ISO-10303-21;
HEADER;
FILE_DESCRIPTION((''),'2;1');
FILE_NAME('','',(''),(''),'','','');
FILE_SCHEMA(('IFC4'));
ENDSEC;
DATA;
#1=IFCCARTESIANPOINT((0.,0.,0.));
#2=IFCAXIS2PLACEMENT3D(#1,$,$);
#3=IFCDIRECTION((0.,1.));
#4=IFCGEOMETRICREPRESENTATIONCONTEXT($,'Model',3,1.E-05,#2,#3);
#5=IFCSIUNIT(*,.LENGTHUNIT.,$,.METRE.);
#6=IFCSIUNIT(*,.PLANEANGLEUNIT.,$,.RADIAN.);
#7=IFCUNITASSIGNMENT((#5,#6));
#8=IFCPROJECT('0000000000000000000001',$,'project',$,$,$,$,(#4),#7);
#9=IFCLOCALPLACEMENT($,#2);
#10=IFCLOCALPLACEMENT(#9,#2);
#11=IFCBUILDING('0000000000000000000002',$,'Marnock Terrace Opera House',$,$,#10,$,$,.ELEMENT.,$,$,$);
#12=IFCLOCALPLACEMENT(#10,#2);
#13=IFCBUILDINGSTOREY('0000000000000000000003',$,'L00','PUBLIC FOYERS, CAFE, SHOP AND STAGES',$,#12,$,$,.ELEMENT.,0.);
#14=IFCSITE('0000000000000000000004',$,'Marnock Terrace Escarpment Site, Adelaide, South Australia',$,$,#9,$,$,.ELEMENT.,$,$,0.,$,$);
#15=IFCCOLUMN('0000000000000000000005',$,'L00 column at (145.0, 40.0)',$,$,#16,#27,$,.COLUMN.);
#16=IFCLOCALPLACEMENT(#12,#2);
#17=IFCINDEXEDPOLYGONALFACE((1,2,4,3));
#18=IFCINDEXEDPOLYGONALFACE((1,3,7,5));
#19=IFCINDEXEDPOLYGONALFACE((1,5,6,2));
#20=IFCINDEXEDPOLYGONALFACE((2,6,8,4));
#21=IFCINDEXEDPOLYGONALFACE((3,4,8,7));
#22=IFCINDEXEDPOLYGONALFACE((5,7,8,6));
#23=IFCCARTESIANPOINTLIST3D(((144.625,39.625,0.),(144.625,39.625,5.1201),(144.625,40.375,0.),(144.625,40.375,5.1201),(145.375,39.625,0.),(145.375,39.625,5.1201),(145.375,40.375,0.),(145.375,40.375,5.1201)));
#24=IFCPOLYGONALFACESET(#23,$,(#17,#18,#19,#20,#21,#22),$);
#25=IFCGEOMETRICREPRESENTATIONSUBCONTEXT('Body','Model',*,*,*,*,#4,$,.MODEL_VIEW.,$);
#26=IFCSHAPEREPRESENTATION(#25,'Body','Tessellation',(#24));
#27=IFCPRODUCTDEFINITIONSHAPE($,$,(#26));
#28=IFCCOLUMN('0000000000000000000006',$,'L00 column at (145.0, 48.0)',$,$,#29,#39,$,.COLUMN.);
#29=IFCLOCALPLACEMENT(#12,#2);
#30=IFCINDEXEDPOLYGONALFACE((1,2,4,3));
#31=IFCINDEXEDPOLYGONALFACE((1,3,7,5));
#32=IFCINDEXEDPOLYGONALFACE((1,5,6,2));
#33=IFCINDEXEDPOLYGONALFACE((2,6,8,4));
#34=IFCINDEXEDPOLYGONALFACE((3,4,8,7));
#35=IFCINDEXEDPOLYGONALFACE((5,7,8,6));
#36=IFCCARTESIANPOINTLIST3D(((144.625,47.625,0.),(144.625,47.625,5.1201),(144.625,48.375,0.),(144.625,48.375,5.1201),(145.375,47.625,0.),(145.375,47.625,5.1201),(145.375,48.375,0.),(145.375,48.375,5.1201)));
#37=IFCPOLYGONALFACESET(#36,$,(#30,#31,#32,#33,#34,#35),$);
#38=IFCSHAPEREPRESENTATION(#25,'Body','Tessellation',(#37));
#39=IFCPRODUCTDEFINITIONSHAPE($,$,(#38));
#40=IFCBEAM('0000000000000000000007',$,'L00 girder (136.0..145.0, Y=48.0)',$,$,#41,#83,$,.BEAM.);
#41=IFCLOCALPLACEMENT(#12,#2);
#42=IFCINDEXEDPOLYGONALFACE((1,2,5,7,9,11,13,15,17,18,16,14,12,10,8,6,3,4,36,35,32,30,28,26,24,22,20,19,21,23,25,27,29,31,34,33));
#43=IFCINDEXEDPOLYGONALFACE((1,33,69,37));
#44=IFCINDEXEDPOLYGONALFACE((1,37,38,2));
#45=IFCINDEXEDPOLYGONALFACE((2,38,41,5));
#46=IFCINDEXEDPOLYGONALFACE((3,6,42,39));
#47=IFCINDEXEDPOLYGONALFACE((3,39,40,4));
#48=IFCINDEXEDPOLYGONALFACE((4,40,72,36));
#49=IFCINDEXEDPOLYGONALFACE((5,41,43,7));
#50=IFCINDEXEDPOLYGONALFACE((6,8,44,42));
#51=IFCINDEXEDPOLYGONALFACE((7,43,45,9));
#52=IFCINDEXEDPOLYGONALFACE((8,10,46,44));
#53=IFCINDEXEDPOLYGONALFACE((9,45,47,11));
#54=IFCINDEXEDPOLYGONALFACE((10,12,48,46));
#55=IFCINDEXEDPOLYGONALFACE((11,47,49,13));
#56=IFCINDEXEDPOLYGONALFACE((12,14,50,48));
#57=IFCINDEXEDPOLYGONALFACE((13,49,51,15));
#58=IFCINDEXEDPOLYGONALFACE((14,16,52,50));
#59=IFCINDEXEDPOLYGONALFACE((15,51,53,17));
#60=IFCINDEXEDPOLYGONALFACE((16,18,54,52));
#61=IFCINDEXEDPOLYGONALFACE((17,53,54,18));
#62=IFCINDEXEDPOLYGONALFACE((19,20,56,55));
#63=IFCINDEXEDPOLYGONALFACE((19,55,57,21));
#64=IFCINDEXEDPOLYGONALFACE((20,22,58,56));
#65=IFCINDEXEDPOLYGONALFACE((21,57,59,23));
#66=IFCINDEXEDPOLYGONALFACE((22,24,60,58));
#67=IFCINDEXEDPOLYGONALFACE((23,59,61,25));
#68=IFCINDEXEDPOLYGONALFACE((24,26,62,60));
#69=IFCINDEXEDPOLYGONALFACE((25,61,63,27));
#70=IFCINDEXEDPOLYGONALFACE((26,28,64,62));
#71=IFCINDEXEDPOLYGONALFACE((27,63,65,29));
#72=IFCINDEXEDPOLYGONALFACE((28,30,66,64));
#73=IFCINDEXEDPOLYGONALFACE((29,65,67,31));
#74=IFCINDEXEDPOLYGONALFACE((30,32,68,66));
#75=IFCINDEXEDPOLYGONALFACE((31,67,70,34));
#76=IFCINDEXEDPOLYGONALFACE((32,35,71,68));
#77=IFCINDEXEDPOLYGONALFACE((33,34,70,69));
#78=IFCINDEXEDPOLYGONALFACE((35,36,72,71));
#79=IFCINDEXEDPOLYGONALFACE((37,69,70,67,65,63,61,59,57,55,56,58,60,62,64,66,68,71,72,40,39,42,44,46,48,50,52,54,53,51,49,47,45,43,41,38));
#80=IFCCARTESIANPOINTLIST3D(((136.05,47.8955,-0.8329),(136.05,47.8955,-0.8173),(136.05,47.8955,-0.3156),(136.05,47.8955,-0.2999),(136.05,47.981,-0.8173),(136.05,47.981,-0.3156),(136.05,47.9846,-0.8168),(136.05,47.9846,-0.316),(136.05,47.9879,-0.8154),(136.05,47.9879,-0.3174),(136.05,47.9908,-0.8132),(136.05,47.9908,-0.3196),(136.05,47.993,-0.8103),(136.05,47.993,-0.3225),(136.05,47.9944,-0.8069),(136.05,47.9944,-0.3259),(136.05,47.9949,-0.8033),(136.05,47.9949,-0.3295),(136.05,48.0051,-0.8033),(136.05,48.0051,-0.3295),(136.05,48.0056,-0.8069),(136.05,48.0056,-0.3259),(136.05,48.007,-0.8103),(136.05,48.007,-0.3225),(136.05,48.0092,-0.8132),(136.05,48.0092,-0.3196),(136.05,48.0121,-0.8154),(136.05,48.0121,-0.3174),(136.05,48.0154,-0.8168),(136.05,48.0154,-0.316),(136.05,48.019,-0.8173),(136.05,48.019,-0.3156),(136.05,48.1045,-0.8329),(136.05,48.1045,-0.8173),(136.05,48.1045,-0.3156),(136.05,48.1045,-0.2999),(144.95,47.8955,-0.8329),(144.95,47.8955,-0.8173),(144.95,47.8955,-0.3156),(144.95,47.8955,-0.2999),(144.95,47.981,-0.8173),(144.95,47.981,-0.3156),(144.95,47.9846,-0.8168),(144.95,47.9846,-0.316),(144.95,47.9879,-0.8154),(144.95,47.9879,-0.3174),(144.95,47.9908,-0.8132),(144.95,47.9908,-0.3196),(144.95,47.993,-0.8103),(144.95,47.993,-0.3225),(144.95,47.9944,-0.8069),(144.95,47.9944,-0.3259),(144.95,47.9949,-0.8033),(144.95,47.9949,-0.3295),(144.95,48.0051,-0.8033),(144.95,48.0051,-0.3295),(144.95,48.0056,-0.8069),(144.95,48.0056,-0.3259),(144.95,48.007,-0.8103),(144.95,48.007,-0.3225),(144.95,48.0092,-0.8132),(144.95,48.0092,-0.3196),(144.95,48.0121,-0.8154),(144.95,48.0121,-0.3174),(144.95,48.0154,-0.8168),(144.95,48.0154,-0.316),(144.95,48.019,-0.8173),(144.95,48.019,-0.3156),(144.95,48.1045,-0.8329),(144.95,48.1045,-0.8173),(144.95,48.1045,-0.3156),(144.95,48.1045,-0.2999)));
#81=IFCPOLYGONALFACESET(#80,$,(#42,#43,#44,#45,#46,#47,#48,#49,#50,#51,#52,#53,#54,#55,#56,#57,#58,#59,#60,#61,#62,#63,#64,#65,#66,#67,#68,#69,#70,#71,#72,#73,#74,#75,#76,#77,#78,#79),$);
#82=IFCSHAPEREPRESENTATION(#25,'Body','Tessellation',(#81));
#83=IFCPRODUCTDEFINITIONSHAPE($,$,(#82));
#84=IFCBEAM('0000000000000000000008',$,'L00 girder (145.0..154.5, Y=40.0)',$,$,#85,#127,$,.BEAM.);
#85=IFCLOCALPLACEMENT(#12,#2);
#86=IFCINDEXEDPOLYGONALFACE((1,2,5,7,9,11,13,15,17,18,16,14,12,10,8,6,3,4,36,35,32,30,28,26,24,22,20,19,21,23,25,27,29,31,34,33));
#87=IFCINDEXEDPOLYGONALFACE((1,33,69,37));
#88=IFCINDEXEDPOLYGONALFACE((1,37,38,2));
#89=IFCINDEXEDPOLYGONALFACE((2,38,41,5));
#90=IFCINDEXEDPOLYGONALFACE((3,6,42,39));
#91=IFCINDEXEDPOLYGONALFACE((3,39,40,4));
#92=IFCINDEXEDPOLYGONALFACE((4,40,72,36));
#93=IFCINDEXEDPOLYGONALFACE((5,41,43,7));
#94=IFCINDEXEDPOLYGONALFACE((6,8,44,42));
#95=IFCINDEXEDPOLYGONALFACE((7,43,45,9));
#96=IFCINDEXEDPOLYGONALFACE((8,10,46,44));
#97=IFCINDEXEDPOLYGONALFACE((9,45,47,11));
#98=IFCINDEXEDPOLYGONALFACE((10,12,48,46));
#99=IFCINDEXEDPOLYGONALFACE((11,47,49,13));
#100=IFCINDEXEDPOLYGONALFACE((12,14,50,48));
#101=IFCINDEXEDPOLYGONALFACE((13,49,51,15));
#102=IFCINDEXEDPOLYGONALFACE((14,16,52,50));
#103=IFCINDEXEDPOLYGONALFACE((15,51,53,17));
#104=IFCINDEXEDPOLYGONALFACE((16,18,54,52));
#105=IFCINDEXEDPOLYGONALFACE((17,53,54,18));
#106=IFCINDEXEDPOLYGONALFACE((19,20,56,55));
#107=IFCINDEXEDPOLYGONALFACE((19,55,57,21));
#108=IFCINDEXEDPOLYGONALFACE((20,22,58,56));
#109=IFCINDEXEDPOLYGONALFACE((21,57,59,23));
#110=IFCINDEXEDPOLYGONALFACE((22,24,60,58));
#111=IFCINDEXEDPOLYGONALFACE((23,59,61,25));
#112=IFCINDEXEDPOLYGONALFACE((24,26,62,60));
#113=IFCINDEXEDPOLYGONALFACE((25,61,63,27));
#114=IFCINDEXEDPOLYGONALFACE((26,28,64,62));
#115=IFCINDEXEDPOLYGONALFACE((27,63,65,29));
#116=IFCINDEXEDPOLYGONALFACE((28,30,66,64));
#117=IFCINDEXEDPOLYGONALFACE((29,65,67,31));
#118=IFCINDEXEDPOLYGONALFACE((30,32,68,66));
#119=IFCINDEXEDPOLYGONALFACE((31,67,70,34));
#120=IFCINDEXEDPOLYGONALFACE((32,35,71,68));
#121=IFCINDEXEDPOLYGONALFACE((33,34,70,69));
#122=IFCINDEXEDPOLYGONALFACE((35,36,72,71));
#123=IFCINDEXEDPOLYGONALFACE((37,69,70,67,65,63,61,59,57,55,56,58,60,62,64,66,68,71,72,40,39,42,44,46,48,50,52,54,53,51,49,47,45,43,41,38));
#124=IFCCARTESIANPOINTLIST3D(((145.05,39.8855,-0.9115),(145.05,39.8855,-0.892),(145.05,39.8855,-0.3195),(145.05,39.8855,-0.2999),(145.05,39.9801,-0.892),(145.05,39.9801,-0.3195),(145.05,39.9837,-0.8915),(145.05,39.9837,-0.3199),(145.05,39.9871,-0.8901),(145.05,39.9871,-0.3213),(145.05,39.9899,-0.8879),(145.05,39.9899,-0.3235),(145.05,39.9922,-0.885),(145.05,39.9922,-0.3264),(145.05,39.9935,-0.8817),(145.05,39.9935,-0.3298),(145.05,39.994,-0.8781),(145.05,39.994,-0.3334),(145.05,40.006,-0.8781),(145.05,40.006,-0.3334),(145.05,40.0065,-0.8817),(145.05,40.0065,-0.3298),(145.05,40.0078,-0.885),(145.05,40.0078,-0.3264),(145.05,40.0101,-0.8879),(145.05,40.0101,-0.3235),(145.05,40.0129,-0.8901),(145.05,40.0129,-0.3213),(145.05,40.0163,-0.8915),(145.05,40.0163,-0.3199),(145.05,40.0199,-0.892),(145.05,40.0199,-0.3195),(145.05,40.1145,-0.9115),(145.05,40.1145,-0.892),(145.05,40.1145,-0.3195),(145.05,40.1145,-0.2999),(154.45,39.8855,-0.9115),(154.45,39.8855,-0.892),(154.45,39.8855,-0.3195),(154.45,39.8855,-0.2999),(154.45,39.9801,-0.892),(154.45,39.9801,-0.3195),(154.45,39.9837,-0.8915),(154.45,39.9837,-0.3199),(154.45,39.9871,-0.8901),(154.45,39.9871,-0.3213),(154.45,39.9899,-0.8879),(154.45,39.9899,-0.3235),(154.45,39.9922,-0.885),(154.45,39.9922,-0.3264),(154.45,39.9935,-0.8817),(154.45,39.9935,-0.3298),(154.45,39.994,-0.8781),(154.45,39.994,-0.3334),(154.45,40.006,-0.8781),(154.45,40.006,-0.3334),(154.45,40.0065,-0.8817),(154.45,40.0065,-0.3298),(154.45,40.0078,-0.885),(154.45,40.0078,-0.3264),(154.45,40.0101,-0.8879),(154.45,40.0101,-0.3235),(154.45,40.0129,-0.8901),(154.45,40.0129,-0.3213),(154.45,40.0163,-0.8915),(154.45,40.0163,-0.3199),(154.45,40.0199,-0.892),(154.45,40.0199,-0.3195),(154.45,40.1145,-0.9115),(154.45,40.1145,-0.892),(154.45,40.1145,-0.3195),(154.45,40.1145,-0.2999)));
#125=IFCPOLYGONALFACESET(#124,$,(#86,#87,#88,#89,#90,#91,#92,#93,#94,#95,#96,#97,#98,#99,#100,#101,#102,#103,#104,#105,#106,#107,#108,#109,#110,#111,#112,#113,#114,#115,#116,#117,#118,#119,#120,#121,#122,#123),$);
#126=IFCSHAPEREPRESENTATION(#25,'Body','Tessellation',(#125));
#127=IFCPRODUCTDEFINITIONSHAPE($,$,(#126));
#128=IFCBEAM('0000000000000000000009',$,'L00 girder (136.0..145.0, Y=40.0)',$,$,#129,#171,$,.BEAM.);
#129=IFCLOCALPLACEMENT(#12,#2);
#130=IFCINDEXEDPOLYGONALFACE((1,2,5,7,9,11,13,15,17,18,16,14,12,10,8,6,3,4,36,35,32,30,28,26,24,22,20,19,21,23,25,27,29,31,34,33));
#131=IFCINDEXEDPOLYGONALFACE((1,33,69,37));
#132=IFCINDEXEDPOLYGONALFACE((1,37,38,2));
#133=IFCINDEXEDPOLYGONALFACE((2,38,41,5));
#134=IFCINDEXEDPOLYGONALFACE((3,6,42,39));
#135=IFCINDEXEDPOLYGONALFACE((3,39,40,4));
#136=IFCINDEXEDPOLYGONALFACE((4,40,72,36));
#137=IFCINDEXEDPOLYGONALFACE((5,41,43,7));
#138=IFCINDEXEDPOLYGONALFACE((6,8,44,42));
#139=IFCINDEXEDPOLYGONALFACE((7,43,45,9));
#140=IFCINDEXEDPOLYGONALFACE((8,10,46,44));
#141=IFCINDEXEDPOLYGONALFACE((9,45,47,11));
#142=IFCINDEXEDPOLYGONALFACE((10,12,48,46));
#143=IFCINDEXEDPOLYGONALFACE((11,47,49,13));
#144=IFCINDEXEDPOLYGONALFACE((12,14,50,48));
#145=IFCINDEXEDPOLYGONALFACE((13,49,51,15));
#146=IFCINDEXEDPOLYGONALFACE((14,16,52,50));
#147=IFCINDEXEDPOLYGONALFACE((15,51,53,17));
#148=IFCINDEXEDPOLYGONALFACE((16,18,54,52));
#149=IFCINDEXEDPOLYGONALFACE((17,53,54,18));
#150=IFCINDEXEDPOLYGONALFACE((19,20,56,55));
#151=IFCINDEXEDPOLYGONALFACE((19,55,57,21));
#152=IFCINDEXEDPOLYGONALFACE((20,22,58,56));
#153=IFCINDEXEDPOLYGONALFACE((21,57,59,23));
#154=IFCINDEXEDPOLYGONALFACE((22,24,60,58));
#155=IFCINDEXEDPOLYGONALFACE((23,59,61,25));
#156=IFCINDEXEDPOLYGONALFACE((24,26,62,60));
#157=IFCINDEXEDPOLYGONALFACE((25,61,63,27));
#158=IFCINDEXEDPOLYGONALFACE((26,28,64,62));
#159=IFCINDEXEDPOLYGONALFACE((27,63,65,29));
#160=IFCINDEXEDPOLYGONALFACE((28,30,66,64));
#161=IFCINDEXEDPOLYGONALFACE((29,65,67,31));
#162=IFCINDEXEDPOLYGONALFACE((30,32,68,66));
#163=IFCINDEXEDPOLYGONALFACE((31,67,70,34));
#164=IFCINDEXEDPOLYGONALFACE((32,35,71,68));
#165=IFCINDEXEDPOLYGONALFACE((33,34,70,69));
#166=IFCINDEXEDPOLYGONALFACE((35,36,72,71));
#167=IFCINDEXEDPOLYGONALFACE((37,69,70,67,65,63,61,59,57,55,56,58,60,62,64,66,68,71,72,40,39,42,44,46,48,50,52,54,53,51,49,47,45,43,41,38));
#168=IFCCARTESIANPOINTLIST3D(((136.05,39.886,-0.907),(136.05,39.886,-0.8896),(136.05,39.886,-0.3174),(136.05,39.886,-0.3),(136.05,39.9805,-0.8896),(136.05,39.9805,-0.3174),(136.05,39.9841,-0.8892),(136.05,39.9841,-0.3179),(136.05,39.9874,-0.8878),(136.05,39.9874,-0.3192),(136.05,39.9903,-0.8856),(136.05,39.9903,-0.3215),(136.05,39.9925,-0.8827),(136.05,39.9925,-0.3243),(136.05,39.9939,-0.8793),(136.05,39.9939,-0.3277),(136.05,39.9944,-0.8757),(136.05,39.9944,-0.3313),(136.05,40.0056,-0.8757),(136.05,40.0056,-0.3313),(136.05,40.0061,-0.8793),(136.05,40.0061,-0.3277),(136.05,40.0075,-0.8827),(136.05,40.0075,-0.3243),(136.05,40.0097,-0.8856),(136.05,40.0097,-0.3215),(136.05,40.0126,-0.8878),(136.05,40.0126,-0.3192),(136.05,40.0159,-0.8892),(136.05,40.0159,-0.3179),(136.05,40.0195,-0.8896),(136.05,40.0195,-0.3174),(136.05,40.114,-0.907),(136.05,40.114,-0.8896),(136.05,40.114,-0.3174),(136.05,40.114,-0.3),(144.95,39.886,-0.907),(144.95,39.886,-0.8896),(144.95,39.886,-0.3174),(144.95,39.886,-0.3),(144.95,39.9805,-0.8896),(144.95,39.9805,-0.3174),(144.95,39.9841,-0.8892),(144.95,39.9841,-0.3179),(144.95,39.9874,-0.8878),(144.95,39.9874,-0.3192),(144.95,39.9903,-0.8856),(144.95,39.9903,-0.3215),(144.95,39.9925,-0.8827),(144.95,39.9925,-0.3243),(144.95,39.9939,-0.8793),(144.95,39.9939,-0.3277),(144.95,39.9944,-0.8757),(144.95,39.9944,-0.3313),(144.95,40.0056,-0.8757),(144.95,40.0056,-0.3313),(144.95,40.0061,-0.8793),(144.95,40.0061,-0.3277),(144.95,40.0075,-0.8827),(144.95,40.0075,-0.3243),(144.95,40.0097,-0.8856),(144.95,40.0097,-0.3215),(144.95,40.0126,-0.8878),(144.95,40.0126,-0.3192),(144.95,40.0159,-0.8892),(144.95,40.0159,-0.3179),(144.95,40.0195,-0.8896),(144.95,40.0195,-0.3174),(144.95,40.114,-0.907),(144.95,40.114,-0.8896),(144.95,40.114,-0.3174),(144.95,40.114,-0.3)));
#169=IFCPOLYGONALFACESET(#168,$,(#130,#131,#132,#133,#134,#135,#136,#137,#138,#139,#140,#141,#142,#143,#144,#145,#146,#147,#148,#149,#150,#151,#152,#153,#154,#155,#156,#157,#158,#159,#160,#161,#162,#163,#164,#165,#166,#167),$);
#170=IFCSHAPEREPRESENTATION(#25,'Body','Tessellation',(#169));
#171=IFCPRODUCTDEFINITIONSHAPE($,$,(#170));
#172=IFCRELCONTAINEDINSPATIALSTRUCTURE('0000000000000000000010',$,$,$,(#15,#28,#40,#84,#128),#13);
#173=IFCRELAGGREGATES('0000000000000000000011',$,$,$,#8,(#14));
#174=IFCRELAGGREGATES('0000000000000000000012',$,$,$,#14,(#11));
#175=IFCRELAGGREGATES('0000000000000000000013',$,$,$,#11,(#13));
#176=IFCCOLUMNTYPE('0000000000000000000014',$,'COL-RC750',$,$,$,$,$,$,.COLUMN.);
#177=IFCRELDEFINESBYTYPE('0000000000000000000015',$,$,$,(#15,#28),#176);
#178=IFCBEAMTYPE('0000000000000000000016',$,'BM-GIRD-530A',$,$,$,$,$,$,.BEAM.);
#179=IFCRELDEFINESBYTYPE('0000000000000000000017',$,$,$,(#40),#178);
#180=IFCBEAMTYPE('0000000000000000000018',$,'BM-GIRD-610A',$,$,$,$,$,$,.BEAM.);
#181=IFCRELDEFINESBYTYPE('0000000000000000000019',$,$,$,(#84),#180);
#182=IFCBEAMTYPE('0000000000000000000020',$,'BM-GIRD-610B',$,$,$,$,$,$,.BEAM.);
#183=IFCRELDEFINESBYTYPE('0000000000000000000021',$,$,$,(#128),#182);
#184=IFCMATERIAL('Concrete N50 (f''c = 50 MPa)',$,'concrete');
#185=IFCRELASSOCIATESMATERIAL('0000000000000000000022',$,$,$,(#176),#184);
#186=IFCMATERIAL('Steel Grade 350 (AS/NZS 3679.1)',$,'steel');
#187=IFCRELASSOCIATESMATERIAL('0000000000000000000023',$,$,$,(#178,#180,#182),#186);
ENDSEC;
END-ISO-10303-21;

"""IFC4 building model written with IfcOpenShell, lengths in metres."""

from ifc_helpers import new_model, si_unit, direction, frame, origin, origin_2d, place, context, subcontext, project, spatial, rectangle, i_section, extrude, material, material_profile, profile_set, type_object, element, save


model = new_model("IFC4")

# Units and contexts
model_context = context("Model", 3, precision=1e-05, world=origin(), true_north=direction((0.0, 1.0)))
body_context = subcontext(model_context, "Body", "Model", "MODEL_VIEW")
ifc_project = project(units=[si_unit("LENGTHUNIT", "METRE"), si_unit("PLANEANGLEUNIT", "RADIAN")], contexts=[model_context])

# Site, building, storey
site_placement = place(None, origin())
site = spatial("IfcSite", under=ifc_project, at=site_placement, Name="Marnock Terrace Escarpment Site, Adelaide, South Australia", CompositionType="ELEMENT", RefElevation=0.0)
building_placement = place(site_placement, origin())
building = spatial("IfcBuilding", under=site, at=building_placement, Name="Marnock Terrace Opera House", CompositionType="ELEMENT")
storey_placement = place(building_placement, origin())
storey = spatial("IfcBuildingStorey", under=building, at=storey_placement, Name="L00", Description="PUBLIC FOYERS, CAFE, SHOP AND STAGES", CompositionType="ELEMENT", Elevation=0.0)

# Columns
ifc_material_1 = material(Name="Concrete N50 (f'c = 50 MPa)", Category="concrete")
ifc_material_profile_1 = material_profile(ifc_material_1, rectangle(XDim=0.75, YDim=0.75, at=origin_2d()))
ifc_profile_set_1 = profile_set([ifc_material_profile_1], Name="Concrete N50 (f'c = 50 MPa)")
column_type = type_object("IfcColumnType", Name="COL-RC750", PredefinedType="COLUMN", material=ifc_profile_set_1)
for number, where, z_axis, x_axis, name in (
    (1, (145.0, 40.0, 0.0), (0.0, 0.0, 1.0), (1.0, 0.0, 0.0), "L00 column at (145.0, 40.0)"),
    (2, (145.0, 48.0, 0.0), (0.0, 0.0, 1.0), (1.0, 0.0, 0.0), "L00 column at (145.0, 48.0)"),
):
    element("IfcColumn", number, at=place(storey_placement, frame(where, z_axis=z_axis, x_axis=x_axis)), inside=storey, type_object=column_type, Name=name, PredefinedType="COLUMN", context=body_context, shape_type="SweptSolid", body=[
        extrude(rectangle(XDim=0.75, YDim=0.75, at=origin_2d()), origin(), (0.0, 0.0, 1.0), 5.1201),
    ])

# Beams
ifc_material_2 = material(Name="Steel Grade 350 (AS/NZS 3679.1)", Category="steel")
ifc_material_profile_2 = material_profile(ifc_material_2, i_section(OverallWidth=0.209, OverallDepth=0.533, WebThickness=0.0103, FlangeThickness=0.0156, FilletRadius=0.0139, at=origin_2d()))
ifc_profile_set_2 = profile_set([ifc_material_profile_2], Name="Steel Grade 350 (AS/NZS 3679.1)")
beam_type_1 = type_object("IfcBeamType", Name="BM-GIRD-530A", PredefinedType="BEAM", material=ifc_profile_set_2)
beam_1_placement = place(storey_placement, frame((136.05, 48.0, -0.5664), z_axis=(1.0, 0.0, 0.0), x_axis=(0.0, 1.0, 0.0)))
element("IfcBeam", 3, at=beam_1_placement, inside=storey, type_object=beam_type_1, Name="L00 girder (136.0..145.0, Y=48.0)", PredefinedType="BEAM", context=body_context, shape_type="SweptSolid", body=[
    extrude(i_section(OverallWidth=0.209, OverallDepth=0.533, WebThickness=0.0103, FlangeThickness=0.0156, FilletRadius=0.0139, at=origin_2d()), origin(), (0.0, 0.0, 1.0), 8.8999),
])
ifc_material_profile_3 = material_profile(ifc_material_2, i_section(OverallWidth=0.229, OverallDepth=0.6116, WebThickness=0.012, FlangeThickness=0.0195, FilletRadius=0.0139, at=origin_2d()))
ifc_profile_set_3 = profile_set([ifc_material_profile_3], Name="Steel Grade 350 (AS/NZS 3679.1)")
beam_type_2 = type_object("IfcBeamType", Name="BM-GIRD-610A", PredefinedType="BEAM", material=ifc_profile_set_3)
beam_2_placement = place(storey_placement, frame((145.05, 40.0, -0.6057), z_axis=(1.0, 0.0, 0.0), x_axis=(0.0, 1.0, 0.0)))
element("IfcBeam", 4, at=beam_2_placement, inside=storey, type_object=beam_type_2, Name="L00 girder (145.0..154.5, Y=40.0)", PredefinedType="BEAM", context=body_context, shape_type="SweptSolid", body=[
    extrude(i_section(OverallWidth=0.229, OverallDepth=0.6116, WebThickness=0.012, FlangeThickness=0.0195, FilletRadius=0.0139, at=origin_2d()), origin(), (0.0, 0.0, 1.0), 9.3999),
])
ifc_material_profile_4 = material_profile(ifc_material_2, i_section(OverallWidth=0.228, OverallDepth=0.6069, WebThickness=0.0112, FlangeThickness=0.0173, FilletRadius=0.0139, at=origin_2d()))
ifc_profile_set_4 = profile_set([ifc_material_profile_4], Name="Steel Grade 350 (AS/NZS 3679.1)")
beam_type_3 = type_object("IfcBeamType", Name="BM-GIRD-610B", PredefinedType="BEAM", material=ifc_profile_set_4)
beam_3_placement = place(storey_placement, frame((136.05, 40.0, -0.6035), z_axis=(1.0, 0.0, 0.0), x_axis=(0.0, 1.0, 0.0)))
element("IfcBeam", 5, at=beam_3_placement, inside=storey, type_object=beam_type_3, Name="L00 girder (136.0..145.0, Y=40.0)", PredefinedType="BEAM", context=body_context, shape_type="SweptSolid", body=[
    extrude(i_section(OverallWidth=0.228, OverallDepth=0.6069, WebThickness=0.0112, FlangeThickness=0.0173, FilletRadius=0.0139, at=origin_2d()), origin(), (0.0, 0.0, 1.0), 8.8999),
])

save(model, "model.ifc")
